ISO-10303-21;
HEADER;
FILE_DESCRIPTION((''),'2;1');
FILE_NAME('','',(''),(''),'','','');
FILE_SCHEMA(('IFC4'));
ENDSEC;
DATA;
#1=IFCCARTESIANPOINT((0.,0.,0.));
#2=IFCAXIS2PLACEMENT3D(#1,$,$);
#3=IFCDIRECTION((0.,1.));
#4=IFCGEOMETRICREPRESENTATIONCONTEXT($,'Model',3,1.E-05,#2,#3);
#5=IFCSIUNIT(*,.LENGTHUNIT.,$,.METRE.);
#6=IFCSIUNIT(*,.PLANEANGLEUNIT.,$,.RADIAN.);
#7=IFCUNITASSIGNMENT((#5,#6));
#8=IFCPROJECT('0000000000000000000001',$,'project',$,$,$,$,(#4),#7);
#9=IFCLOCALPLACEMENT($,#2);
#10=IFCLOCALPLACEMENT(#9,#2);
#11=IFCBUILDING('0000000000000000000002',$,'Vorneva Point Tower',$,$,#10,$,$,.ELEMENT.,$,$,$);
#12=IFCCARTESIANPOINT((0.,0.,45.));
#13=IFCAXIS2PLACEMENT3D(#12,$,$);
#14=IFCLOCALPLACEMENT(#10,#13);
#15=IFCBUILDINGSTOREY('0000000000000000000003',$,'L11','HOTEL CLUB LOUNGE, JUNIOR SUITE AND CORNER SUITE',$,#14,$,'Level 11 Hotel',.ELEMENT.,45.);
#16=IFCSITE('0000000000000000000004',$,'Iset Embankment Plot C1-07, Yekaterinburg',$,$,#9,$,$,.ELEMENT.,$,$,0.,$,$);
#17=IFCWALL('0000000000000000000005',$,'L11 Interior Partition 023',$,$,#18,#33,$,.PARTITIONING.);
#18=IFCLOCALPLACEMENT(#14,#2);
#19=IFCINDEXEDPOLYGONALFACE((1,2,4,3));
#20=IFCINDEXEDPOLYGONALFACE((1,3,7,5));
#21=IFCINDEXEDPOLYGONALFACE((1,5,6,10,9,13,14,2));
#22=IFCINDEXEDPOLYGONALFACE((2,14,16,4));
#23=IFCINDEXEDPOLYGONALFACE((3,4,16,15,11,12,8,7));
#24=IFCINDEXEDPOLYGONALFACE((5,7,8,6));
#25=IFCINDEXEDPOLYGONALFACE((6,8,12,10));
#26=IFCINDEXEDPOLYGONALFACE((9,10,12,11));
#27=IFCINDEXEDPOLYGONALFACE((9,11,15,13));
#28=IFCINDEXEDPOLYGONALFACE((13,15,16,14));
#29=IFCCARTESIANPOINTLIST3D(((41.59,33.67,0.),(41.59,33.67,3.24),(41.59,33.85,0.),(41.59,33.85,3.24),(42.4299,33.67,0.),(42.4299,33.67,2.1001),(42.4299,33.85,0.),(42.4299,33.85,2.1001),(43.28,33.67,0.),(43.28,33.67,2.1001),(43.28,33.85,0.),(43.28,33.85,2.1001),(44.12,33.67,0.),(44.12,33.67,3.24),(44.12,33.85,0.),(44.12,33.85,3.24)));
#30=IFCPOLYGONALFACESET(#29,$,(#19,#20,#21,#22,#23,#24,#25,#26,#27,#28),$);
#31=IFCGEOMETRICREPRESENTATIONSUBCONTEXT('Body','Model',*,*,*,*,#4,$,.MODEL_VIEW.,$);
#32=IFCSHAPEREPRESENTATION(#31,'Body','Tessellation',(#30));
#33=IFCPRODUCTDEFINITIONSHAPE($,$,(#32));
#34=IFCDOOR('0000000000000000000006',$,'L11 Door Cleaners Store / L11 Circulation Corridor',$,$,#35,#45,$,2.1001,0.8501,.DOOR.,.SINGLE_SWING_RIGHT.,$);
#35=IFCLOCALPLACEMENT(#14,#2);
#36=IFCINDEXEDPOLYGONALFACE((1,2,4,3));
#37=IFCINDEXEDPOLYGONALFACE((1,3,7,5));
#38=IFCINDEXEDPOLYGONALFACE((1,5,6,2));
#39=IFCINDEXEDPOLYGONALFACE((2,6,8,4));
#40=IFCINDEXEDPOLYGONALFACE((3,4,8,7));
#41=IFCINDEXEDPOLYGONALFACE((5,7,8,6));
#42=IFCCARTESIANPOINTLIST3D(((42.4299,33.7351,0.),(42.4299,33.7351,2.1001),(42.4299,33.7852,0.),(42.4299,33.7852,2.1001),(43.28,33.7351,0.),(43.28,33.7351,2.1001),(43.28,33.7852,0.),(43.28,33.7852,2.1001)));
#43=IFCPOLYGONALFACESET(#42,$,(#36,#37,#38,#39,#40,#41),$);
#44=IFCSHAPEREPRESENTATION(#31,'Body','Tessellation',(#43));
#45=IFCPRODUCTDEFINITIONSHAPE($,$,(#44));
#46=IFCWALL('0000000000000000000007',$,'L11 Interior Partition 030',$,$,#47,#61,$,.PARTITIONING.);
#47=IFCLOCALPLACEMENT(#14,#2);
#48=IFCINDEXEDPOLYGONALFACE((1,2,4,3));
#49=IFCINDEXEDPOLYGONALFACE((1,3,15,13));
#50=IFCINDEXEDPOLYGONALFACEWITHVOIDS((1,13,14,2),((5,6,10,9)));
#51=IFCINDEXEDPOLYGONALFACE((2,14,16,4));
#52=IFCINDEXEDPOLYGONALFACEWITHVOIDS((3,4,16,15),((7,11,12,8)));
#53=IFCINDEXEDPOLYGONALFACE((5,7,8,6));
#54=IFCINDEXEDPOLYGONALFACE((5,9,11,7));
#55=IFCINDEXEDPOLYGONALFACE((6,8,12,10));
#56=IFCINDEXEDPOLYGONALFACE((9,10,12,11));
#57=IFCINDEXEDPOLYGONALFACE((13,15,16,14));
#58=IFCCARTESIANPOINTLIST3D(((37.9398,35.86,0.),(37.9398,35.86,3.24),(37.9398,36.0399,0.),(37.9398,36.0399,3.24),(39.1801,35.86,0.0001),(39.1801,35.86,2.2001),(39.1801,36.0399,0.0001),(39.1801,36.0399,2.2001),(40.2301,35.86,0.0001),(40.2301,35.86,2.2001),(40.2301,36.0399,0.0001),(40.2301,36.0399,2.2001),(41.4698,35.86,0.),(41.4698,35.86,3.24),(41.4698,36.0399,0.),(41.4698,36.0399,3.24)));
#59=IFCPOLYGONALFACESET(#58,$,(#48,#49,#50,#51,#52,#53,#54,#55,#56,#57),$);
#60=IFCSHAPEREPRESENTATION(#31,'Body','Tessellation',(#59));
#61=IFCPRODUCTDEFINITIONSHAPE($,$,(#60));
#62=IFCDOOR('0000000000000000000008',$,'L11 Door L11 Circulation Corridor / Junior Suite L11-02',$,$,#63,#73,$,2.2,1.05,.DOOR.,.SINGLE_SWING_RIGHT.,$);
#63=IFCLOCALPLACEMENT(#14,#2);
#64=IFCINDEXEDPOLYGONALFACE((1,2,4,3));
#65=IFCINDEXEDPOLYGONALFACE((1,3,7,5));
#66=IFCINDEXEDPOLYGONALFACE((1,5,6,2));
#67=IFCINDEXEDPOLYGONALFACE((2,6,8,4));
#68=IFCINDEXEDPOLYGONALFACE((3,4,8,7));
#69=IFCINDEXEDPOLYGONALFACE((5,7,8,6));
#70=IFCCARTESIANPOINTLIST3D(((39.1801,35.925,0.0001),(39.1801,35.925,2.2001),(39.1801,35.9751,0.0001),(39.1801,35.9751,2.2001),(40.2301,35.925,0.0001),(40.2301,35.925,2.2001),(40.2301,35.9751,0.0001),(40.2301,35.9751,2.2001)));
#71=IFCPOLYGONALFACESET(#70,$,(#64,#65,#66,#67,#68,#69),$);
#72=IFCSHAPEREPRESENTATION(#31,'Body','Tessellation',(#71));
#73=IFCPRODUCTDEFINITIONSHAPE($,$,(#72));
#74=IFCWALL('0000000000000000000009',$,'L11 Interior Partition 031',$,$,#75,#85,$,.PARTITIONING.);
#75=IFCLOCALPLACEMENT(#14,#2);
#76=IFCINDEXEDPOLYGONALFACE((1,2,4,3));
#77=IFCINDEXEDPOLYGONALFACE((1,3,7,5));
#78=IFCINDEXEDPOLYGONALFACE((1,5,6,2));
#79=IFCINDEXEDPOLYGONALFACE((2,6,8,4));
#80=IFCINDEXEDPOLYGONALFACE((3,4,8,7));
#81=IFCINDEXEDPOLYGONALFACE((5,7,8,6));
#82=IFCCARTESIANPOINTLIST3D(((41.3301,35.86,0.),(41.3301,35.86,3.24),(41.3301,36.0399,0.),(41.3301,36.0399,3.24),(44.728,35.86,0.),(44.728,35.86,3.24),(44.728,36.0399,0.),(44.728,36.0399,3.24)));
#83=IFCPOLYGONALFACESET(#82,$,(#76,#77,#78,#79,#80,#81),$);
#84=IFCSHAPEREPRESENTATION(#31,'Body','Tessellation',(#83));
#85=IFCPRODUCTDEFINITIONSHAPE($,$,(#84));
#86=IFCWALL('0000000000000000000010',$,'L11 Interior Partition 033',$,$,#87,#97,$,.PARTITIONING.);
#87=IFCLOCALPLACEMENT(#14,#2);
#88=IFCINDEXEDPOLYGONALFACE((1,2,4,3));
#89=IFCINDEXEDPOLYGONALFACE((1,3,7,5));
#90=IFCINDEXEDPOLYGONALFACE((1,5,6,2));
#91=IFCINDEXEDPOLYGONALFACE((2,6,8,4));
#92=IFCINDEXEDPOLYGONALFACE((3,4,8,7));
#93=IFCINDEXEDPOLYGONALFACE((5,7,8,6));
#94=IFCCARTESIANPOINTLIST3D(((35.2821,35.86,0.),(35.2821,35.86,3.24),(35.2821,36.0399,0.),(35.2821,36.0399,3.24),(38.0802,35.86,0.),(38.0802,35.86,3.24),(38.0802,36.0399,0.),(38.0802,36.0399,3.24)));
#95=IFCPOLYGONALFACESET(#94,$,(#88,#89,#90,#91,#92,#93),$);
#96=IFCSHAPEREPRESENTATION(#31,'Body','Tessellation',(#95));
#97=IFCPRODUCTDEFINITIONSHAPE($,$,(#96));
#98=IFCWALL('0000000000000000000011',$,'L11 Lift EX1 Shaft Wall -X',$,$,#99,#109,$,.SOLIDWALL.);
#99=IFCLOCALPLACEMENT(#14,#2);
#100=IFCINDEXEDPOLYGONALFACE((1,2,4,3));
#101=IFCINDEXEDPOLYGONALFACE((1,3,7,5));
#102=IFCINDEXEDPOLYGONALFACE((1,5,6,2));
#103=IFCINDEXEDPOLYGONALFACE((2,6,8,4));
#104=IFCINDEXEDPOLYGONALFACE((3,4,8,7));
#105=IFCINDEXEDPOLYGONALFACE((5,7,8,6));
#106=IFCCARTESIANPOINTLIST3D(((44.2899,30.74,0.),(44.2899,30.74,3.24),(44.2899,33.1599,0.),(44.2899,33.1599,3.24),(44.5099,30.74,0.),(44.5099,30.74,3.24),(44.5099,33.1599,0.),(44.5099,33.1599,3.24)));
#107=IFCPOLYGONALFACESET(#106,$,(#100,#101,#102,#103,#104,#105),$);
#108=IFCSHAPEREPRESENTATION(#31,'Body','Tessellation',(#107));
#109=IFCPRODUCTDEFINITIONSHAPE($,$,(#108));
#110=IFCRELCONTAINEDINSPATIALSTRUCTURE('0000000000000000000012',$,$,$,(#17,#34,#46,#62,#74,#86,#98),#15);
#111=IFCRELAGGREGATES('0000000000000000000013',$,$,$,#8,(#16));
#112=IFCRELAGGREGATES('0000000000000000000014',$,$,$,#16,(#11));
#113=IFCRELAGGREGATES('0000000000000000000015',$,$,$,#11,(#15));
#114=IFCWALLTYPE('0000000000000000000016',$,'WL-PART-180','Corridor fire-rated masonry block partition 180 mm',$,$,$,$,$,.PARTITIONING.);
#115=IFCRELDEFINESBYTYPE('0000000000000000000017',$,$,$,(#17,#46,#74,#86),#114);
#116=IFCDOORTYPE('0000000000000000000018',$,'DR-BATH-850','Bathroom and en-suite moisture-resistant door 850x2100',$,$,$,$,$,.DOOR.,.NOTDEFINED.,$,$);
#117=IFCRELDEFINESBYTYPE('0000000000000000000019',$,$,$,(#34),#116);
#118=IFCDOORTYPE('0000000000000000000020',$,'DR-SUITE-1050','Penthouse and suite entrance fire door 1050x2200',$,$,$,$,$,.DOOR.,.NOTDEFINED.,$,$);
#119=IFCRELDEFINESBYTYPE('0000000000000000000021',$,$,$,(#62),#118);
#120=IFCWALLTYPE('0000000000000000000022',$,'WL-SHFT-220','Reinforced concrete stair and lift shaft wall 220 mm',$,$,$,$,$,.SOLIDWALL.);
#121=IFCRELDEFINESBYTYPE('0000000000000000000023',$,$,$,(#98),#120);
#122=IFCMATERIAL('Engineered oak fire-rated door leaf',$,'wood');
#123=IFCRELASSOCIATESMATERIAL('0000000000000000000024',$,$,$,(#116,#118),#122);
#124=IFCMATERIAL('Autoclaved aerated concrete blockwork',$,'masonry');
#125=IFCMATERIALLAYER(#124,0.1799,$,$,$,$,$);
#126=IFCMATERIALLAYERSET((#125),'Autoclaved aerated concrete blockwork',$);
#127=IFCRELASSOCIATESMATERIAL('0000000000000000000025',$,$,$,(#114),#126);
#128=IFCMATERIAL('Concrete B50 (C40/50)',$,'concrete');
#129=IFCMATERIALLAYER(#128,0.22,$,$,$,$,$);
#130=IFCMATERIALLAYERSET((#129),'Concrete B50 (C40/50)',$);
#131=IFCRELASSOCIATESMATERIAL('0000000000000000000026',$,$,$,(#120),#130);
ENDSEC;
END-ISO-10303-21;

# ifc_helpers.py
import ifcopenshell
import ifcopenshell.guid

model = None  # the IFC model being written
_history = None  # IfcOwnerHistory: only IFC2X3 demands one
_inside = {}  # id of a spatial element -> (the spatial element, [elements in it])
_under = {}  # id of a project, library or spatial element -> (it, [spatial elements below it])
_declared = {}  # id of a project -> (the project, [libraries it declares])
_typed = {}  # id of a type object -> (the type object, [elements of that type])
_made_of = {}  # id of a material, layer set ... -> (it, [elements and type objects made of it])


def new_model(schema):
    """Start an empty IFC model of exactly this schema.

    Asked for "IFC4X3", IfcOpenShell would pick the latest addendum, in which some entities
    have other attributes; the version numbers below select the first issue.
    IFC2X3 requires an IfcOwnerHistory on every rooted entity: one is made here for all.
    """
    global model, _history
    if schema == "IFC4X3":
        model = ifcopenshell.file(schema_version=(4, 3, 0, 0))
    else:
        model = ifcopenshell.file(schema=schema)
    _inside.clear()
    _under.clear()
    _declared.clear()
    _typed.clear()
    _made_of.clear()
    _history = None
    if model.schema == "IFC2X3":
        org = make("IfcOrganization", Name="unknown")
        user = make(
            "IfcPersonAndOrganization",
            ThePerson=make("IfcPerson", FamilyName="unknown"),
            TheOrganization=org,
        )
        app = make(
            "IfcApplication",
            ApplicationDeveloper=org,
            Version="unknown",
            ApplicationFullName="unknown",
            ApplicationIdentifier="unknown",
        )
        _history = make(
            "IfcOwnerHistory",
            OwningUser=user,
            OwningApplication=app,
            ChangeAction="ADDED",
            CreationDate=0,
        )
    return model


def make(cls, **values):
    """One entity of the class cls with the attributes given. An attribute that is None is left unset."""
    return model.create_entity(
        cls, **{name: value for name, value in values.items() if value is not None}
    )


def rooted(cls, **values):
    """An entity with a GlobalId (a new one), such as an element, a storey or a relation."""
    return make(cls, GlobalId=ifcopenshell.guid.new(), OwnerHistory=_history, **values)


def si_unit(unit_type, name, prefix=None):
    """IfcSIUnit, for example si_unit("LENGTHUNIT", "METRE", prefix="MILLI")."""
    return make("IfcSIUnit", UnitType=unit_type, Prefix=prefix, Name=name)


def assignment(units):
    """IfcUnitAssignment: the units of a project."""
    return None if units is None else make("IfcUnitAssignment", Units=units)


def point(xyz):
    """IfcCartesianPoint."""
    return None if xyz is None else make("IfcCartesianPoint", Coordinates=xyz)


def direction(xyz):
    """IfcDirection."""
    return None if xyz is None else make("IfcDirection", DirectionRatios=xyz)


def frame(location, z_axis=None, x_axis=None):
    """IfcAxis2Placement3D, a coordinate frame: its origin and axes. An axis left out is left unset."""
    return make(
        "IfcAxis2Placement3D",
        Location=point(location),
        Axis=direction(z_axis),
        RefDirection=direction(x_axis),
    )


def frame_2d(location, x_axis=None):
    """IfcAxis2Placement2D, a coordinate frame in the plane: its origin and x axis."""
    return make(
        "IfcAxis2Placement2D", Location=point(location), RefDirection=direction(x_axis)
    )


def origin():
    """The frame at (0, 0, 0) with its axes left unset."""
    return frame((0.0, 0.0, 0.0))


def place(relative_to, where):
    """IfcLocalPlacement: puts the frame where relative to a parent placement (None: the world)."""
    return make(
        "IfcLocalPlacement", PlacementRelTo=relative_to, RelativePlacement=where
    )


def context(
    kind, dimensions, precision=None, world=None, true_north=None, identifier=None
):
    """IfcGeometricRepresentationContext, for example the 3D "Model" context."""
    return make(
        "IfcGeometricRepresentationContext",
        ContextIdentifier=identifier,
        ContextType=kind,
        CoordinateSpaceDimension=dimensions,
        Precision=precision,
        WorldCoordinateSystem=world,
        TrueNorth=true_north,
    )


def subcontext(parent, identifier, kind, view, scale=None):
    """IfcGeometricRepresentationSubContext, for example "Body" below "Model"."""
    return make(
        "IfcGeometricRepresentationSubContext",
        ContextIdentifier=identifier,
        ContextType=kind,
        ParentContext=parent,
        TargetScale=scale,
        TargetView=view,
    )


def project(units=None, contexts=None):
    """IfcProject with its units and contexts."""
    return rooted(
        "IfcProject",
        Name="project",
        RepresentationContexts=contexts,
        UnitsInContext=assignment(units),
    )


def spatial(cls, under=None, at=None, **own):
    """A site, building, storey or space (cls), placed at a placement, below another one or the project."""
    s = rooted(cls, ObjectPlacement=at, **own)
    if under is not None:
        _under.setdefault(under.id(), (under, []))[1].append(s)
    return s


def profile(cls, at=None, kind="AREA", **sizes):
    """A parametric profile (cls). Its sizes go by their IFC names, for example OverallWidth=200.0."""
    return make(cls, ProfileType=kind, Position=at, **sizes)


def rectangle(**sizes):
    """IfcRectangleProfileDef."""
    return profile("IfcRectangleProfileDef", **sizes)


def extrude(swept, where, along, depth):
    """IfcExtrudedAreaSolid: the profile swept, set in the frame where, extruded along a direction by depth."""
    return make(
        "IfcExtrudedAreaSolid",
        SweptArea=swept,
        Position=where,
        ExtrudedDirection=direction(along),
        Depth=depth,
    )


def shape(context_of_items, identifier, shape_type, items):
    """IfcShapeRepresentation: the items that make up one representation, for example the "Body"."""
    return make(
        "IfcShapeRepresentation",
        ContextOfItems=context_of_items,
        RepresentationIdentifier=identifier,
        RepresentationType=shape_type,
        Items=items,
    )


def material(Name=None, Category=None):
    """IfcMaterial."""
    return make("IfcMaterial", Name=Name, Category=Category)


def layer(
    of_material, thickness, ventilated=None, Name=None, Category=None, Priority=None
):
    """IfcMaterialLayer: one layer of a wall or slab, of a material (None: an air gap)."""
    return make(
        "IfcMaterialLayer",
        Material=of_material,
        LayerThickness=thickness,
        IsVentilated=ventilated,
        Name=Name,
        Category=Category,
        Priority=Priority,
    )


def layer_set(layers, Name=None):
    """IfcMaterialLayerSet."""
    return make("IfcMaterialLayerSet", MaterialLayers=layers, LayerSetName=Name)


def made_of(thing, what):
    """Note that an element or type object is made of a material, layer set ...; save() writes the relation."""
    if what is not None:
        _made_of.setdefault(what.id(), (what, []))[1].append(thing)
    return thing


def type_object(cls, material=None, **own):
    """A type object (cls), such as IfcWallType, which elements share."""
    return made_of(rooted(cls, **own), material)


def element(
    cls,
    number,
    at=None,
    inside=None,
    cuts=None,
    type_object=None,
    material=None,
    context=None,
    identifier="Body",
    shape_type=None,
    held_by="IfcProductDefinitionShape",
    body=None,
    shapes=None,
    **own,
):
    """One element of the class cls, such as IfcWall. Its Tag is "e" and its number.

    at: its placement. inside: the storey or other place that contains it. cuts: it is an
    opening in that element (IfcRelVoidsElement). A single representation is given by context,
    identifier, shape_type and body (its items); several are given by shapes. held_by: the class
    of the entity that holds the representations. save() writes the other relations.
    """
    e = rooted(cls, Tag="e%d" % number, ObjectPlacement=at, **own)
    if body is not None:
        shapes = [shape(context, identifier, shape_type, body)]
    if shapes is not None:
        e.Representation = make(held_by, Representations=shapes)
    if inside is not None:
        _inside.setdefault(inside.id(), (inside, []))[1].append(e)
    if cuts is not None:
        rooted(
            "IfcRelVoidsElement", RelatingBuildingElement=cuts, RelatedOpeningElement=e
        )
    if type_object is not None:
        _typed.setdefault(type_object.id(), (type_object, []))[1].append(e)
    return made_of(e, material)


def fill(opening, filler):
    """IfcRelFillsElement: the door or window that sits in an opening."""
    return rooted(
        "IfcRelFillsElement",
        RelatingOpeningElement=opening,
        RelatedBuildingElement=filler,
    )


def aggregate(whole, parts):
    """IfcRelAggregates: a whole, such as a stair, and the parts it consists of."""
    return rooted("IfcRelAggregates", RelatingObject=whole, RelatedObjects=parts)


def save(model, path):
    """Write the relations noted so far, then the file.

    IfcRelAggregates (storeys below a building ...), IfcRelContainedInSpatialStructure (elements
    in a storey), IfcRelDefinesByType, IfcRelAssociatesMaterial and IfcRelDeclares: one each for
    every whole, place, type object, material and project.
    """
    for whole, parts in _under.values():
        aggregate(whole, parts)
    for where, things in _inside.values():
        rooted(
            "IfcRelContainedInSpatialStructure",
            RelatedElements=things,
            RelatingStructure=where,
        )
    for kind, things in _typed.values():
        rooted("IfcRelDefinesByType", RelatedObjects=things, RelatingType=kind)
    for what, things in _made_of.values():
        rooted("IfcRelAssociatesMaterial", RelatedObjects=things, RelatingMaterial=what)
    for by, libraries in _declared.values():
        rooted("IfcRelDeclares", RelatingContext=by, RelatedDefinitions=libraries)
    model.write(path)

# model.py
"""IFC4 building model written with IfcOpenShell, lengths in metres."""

from ifc_helpers import new_model, si_unit, direction, frame, frame_2d, origin, place, context, subcontext, project, spatial, rectangle, extrude, material, layer, layer_set, type_object, element, fill, save


model = new_model("IFC4")

# Units and contexts
model_context = context("Model", 3, precision=1e-05, world=origin(), true_north=direction((0.0, 1.0)))
body_context = subcontext(model_context, "Body", "Model", "MODEL_VIEW")
ifc_project = project(units=[si_unit("LENGTHUNIT", "METRE"), si_unit("PLANEANGLEUNIT", "RADIAN")], contexts=[model_context])

# Site, building, storey
site_placement = place(None, origin())
site = spatial("IfcSite", under=ifc_project, at=site_placement, Name="Iset Embankment Plot C1-07, Yekaterinburg", CompositionType="ELEMENT", RefElevation=0.0)
building_placement = place(site_placement, origin())
building = spatial("IfcBuilding", under=site, at=building_placement, Name="Vorneva Point Tower", CompositionType="ELEMENT")
storey_placement = place(building_placement, frame((0.0, 0.0, 45.0)))
storey = spatial("IfcBuildingStorey", under=building, at=storey_placement, Name="L11", Description="HOTEL CLUB LOUNGE, JUNIOR SUITE AND CORNER SUITE", LongName="Level 11 Hotel", CompositionType="ELEMENT", Elevation=45.0)

# Shared definitions
ifc_material_1 = material(Name="Engineered oak fire-rated door leaf", Category="wood")
door_type_1 = type_object("IfcDoorType", Name="DR-BATH-850", Description="Bathroom and en-suite moisture-resistant door 850x2100", OperationType="NOTDEFINED", PredefinedType="DOOR", material=ifc_material_1)

# Walls, openings, doors
ifc_material_2 = material(Name="Autoclaved aerated concrete blockwork", Category="masonry")
ifc_layer_1 = layer(ifc_material_2, 0.1799)
ifc_layer_set_1 = layer_set([ifc_layer_1], Name="Autoclaved aerated concrete blockwork")
wall_type_1 = type_object("IfcWallType", Name="WL-PART-180", Description="Corridor fire-rated masonry block partition 180 mm", PredefinedType="PARTITIONING", material=ifc_layer_set_1)
wall_1_placement = place(storey_placement, frame((44.1201, 33.76, 0.0), z_axis=(0.0, 0.0, 1.0), x_axis=(-1.0, 0.0, 0.0)))
wall_1 = element("IfcWall", 1, at=wall_1_placement, inside=storey, type_object=wall_type_1, Name="L11 Interior Partition 023", PredefinedType="PARTITIONING", context=body_context, shape_type="SweptSolid", body=[
    extrude(rectangle(XDim=2.53, YDim=0.1799, at=frame_2d((1.2651, 0.0))), origin(), (0.0, 0.0, 1.0), 3.24),
])
opening_1_placement = place(wall_1_placement, frame((0.8401, 0.0, 0.0)))
opening_1 = element("IfcOpeningElement", 2, at=opening_1_placement, cuts=wall_1, PredefinedType="OPENING", context=body_context, shape_type="SweptSolid", body=[
    extrude(rectangle(XDim=0.8501, YDim=2.1001, at=frame_2d((0.425, 1.05))), frame((0.0, 0.105, 0.0), z_axis=(0.0, -1.0, 0.0), x_axis=(1.0, 0.0, 0.0)), (0.0, 0.0, 1.0), 0.2097),
])
door_1_placement = place(opening_1_placement, origin())
door_1 = element("IfcDoor", 3, at=door_1_placement, inside=storey, type_object=door_type_1, Name="L11 Door Cleaners Store / L11 Circulation Corridor", OperationType="SINGLE_SWING_RIGHT", OverallHeight=2.1001, OverallWidth=0.8501, PredefinedType="DOOR", context=body_context, shape_type="SweptSolid", body=[
    extrude(rectangle(XDim=0.8501, YDim=2.1001, at=frame_2d((0.425, 1.05))), frame((0.0, 0.0249, 0.0), z_axis=(0.0, -1.0, 0.0), x_axis=(1.0, 0.0, 0.0)), (0.0, 0.0, 1.0), 0.05),
])
fill(opening_1, door_1)
wall_2_placement = place(storey_placement, frame((41.47, 35.95, 0.0), z_axis=(0.0, 0.0, 1.0), x_axis=(-1.0, 0.0, 0.0)))
wall_2 = element("IfcWall", 4, at=wall_2_placement, inside=storey, type_object=wall_type_1, Name="L11 Interior Partition 030", PredefinedType="PARTITIONING", context=body_context, shape_type="SweptSolid", body=[
    extrude(rectangle(XDim=3.53, YDim=0.1799, at=frame_2d((1.7651, 0.0))), origin(), (0.0, 0.0, 1.0), 3.24),
])
opening_2_placement = place(wall_2_placement, frame((1.24, 0.0, 0.0)))
opening_2 = element("IfcOpeningElement", 5, at=opening_2_placement, cuts=wall_2, PredefinedType="OPENING", context=body_context, shape_type="SweptSolid", body=[
    extrude(rectangle(XDim=1.05, YDim=2.2, at=frame_2d((0.5249, 1.1001))), frame((0.0, 0.105, 0.0), z_axis=(0.0, -1.0, 0.0), x_axis=(1.0, 0.0, 0.0)), (0.0, 0.0, 1.0), 0.2097),
])
door_type_2 = type_object("IfcDoorType", Name="DR-SUITE-1050", Description="Penthouse and suite entrance fire door 1050x2200", OperationType="NOTDEFINED", PredefinedType="DOOR", material=ifc_material_1)
door_2_placement = place(opening_2_placement, origin())
door_2 = element("IfcDoor", 6, at=door_2_placement, inside=storey, type_object=door_type_2, Name="L11 Door L11 Circulation Corridor / Junior Suite L11-02", OperationType="SINGLE_SWING_RIGHT", OverallHeight=2.2, OverallWidth=1.05, PredefinedType="DOOR", context=body_context, shape_type="SweptSolid", body=[
    extrude(rectangle(XDim=1.05, YDim=2.2, at=frame_2d((0.5249, 1.1001))), frame((0.0, 0.0249, 0.0), z_axis=(0.0, -1.0, 0.0), x_axis=(1.0, 0.0, 0.0)), (0.0, 0.0, 1.0), 0.05),
])
fill(opening_2, door_2)

# Walls
wall_3_placement = place(storey_placement, frame((44.728, 35.95, 0.0), z_axis=(0.0, 0.0, 1.0), x_axis=(-1.0, 0.0, 0.0)))
element("IfcWall", 7, at=wall_3_placement, inside=storey, type_object=wall_type_1, Name="L11 Interior Partition 031", PredefinedType="PARTITIONING", context=body_context, shape_type="SweptSolid", body=[
    extrude(rectangle(XDim=3.3979, YDim=0.1799, at=frame_2d((1.699, 0.0))), origin(), (0.0, 0.0, 1.0), 3.24),
])
wall_4_placement = place(storey_placement, frame((38.0801, 35.95, 0.0), z_axis=(0.0, 0.0, 1.0), x_axis=(-1.0, 0.0, 0.0)))
element("IfcWall", 8, at=wall_4_placement, inside=storey, type_object=wall_type_1, Name="L11 Interior Partition 033", PredefinedType="PARTITIONING", context=body_context, shape_type="SweptSolid", body=[
    extrude(rectangle(XDim=2.7981, YDim=0.1799, at=frame_2d((1.3989, 0.0))), origin(), (0.0, 0.0, 1.0), 3.24),
])
ifc_material_3 = material(Name="Concrete B50 (C40/50)", Category="concrete")
ifc_layer_2 = layer(ifc_material_3, 0.22)
ifc_layer_set_2 = layer_set([ifc_layer_2], Name="Concrete B50 (C40/50)")
wall_type_2 = type_object("IfcWallType", Name="WL-SHFT-220", Description="Reinforced concrete stair and lift shaft wall 220 mm", PredefinedType="SOLIDWALL", material=ifc_layer_set_2)
wall_5_placement = place(storey_placement, frame((44.3999, 33.1599, 0.0), z_axis=(0.0, 0.0, 1.0), x_axis=(0.0, -1.0, 0.0)))
element("IfcWall", 9, at=wall_5_placement, inside=storey, type_object=wall_type_2, Name="L11 Lift EX1 Shaft Wall -X", PredefinedType="SOLIDWALL", context=body_context, shape_type="SweptSolid", body=[
    extrude(rectangle(XDim=2.4199, YDim=0.22, at=frame_2d((1.21, 0.0))), origin(), (0.0, 0.0, 1.0), 3.24),
])

save(model, "model.ifc")
